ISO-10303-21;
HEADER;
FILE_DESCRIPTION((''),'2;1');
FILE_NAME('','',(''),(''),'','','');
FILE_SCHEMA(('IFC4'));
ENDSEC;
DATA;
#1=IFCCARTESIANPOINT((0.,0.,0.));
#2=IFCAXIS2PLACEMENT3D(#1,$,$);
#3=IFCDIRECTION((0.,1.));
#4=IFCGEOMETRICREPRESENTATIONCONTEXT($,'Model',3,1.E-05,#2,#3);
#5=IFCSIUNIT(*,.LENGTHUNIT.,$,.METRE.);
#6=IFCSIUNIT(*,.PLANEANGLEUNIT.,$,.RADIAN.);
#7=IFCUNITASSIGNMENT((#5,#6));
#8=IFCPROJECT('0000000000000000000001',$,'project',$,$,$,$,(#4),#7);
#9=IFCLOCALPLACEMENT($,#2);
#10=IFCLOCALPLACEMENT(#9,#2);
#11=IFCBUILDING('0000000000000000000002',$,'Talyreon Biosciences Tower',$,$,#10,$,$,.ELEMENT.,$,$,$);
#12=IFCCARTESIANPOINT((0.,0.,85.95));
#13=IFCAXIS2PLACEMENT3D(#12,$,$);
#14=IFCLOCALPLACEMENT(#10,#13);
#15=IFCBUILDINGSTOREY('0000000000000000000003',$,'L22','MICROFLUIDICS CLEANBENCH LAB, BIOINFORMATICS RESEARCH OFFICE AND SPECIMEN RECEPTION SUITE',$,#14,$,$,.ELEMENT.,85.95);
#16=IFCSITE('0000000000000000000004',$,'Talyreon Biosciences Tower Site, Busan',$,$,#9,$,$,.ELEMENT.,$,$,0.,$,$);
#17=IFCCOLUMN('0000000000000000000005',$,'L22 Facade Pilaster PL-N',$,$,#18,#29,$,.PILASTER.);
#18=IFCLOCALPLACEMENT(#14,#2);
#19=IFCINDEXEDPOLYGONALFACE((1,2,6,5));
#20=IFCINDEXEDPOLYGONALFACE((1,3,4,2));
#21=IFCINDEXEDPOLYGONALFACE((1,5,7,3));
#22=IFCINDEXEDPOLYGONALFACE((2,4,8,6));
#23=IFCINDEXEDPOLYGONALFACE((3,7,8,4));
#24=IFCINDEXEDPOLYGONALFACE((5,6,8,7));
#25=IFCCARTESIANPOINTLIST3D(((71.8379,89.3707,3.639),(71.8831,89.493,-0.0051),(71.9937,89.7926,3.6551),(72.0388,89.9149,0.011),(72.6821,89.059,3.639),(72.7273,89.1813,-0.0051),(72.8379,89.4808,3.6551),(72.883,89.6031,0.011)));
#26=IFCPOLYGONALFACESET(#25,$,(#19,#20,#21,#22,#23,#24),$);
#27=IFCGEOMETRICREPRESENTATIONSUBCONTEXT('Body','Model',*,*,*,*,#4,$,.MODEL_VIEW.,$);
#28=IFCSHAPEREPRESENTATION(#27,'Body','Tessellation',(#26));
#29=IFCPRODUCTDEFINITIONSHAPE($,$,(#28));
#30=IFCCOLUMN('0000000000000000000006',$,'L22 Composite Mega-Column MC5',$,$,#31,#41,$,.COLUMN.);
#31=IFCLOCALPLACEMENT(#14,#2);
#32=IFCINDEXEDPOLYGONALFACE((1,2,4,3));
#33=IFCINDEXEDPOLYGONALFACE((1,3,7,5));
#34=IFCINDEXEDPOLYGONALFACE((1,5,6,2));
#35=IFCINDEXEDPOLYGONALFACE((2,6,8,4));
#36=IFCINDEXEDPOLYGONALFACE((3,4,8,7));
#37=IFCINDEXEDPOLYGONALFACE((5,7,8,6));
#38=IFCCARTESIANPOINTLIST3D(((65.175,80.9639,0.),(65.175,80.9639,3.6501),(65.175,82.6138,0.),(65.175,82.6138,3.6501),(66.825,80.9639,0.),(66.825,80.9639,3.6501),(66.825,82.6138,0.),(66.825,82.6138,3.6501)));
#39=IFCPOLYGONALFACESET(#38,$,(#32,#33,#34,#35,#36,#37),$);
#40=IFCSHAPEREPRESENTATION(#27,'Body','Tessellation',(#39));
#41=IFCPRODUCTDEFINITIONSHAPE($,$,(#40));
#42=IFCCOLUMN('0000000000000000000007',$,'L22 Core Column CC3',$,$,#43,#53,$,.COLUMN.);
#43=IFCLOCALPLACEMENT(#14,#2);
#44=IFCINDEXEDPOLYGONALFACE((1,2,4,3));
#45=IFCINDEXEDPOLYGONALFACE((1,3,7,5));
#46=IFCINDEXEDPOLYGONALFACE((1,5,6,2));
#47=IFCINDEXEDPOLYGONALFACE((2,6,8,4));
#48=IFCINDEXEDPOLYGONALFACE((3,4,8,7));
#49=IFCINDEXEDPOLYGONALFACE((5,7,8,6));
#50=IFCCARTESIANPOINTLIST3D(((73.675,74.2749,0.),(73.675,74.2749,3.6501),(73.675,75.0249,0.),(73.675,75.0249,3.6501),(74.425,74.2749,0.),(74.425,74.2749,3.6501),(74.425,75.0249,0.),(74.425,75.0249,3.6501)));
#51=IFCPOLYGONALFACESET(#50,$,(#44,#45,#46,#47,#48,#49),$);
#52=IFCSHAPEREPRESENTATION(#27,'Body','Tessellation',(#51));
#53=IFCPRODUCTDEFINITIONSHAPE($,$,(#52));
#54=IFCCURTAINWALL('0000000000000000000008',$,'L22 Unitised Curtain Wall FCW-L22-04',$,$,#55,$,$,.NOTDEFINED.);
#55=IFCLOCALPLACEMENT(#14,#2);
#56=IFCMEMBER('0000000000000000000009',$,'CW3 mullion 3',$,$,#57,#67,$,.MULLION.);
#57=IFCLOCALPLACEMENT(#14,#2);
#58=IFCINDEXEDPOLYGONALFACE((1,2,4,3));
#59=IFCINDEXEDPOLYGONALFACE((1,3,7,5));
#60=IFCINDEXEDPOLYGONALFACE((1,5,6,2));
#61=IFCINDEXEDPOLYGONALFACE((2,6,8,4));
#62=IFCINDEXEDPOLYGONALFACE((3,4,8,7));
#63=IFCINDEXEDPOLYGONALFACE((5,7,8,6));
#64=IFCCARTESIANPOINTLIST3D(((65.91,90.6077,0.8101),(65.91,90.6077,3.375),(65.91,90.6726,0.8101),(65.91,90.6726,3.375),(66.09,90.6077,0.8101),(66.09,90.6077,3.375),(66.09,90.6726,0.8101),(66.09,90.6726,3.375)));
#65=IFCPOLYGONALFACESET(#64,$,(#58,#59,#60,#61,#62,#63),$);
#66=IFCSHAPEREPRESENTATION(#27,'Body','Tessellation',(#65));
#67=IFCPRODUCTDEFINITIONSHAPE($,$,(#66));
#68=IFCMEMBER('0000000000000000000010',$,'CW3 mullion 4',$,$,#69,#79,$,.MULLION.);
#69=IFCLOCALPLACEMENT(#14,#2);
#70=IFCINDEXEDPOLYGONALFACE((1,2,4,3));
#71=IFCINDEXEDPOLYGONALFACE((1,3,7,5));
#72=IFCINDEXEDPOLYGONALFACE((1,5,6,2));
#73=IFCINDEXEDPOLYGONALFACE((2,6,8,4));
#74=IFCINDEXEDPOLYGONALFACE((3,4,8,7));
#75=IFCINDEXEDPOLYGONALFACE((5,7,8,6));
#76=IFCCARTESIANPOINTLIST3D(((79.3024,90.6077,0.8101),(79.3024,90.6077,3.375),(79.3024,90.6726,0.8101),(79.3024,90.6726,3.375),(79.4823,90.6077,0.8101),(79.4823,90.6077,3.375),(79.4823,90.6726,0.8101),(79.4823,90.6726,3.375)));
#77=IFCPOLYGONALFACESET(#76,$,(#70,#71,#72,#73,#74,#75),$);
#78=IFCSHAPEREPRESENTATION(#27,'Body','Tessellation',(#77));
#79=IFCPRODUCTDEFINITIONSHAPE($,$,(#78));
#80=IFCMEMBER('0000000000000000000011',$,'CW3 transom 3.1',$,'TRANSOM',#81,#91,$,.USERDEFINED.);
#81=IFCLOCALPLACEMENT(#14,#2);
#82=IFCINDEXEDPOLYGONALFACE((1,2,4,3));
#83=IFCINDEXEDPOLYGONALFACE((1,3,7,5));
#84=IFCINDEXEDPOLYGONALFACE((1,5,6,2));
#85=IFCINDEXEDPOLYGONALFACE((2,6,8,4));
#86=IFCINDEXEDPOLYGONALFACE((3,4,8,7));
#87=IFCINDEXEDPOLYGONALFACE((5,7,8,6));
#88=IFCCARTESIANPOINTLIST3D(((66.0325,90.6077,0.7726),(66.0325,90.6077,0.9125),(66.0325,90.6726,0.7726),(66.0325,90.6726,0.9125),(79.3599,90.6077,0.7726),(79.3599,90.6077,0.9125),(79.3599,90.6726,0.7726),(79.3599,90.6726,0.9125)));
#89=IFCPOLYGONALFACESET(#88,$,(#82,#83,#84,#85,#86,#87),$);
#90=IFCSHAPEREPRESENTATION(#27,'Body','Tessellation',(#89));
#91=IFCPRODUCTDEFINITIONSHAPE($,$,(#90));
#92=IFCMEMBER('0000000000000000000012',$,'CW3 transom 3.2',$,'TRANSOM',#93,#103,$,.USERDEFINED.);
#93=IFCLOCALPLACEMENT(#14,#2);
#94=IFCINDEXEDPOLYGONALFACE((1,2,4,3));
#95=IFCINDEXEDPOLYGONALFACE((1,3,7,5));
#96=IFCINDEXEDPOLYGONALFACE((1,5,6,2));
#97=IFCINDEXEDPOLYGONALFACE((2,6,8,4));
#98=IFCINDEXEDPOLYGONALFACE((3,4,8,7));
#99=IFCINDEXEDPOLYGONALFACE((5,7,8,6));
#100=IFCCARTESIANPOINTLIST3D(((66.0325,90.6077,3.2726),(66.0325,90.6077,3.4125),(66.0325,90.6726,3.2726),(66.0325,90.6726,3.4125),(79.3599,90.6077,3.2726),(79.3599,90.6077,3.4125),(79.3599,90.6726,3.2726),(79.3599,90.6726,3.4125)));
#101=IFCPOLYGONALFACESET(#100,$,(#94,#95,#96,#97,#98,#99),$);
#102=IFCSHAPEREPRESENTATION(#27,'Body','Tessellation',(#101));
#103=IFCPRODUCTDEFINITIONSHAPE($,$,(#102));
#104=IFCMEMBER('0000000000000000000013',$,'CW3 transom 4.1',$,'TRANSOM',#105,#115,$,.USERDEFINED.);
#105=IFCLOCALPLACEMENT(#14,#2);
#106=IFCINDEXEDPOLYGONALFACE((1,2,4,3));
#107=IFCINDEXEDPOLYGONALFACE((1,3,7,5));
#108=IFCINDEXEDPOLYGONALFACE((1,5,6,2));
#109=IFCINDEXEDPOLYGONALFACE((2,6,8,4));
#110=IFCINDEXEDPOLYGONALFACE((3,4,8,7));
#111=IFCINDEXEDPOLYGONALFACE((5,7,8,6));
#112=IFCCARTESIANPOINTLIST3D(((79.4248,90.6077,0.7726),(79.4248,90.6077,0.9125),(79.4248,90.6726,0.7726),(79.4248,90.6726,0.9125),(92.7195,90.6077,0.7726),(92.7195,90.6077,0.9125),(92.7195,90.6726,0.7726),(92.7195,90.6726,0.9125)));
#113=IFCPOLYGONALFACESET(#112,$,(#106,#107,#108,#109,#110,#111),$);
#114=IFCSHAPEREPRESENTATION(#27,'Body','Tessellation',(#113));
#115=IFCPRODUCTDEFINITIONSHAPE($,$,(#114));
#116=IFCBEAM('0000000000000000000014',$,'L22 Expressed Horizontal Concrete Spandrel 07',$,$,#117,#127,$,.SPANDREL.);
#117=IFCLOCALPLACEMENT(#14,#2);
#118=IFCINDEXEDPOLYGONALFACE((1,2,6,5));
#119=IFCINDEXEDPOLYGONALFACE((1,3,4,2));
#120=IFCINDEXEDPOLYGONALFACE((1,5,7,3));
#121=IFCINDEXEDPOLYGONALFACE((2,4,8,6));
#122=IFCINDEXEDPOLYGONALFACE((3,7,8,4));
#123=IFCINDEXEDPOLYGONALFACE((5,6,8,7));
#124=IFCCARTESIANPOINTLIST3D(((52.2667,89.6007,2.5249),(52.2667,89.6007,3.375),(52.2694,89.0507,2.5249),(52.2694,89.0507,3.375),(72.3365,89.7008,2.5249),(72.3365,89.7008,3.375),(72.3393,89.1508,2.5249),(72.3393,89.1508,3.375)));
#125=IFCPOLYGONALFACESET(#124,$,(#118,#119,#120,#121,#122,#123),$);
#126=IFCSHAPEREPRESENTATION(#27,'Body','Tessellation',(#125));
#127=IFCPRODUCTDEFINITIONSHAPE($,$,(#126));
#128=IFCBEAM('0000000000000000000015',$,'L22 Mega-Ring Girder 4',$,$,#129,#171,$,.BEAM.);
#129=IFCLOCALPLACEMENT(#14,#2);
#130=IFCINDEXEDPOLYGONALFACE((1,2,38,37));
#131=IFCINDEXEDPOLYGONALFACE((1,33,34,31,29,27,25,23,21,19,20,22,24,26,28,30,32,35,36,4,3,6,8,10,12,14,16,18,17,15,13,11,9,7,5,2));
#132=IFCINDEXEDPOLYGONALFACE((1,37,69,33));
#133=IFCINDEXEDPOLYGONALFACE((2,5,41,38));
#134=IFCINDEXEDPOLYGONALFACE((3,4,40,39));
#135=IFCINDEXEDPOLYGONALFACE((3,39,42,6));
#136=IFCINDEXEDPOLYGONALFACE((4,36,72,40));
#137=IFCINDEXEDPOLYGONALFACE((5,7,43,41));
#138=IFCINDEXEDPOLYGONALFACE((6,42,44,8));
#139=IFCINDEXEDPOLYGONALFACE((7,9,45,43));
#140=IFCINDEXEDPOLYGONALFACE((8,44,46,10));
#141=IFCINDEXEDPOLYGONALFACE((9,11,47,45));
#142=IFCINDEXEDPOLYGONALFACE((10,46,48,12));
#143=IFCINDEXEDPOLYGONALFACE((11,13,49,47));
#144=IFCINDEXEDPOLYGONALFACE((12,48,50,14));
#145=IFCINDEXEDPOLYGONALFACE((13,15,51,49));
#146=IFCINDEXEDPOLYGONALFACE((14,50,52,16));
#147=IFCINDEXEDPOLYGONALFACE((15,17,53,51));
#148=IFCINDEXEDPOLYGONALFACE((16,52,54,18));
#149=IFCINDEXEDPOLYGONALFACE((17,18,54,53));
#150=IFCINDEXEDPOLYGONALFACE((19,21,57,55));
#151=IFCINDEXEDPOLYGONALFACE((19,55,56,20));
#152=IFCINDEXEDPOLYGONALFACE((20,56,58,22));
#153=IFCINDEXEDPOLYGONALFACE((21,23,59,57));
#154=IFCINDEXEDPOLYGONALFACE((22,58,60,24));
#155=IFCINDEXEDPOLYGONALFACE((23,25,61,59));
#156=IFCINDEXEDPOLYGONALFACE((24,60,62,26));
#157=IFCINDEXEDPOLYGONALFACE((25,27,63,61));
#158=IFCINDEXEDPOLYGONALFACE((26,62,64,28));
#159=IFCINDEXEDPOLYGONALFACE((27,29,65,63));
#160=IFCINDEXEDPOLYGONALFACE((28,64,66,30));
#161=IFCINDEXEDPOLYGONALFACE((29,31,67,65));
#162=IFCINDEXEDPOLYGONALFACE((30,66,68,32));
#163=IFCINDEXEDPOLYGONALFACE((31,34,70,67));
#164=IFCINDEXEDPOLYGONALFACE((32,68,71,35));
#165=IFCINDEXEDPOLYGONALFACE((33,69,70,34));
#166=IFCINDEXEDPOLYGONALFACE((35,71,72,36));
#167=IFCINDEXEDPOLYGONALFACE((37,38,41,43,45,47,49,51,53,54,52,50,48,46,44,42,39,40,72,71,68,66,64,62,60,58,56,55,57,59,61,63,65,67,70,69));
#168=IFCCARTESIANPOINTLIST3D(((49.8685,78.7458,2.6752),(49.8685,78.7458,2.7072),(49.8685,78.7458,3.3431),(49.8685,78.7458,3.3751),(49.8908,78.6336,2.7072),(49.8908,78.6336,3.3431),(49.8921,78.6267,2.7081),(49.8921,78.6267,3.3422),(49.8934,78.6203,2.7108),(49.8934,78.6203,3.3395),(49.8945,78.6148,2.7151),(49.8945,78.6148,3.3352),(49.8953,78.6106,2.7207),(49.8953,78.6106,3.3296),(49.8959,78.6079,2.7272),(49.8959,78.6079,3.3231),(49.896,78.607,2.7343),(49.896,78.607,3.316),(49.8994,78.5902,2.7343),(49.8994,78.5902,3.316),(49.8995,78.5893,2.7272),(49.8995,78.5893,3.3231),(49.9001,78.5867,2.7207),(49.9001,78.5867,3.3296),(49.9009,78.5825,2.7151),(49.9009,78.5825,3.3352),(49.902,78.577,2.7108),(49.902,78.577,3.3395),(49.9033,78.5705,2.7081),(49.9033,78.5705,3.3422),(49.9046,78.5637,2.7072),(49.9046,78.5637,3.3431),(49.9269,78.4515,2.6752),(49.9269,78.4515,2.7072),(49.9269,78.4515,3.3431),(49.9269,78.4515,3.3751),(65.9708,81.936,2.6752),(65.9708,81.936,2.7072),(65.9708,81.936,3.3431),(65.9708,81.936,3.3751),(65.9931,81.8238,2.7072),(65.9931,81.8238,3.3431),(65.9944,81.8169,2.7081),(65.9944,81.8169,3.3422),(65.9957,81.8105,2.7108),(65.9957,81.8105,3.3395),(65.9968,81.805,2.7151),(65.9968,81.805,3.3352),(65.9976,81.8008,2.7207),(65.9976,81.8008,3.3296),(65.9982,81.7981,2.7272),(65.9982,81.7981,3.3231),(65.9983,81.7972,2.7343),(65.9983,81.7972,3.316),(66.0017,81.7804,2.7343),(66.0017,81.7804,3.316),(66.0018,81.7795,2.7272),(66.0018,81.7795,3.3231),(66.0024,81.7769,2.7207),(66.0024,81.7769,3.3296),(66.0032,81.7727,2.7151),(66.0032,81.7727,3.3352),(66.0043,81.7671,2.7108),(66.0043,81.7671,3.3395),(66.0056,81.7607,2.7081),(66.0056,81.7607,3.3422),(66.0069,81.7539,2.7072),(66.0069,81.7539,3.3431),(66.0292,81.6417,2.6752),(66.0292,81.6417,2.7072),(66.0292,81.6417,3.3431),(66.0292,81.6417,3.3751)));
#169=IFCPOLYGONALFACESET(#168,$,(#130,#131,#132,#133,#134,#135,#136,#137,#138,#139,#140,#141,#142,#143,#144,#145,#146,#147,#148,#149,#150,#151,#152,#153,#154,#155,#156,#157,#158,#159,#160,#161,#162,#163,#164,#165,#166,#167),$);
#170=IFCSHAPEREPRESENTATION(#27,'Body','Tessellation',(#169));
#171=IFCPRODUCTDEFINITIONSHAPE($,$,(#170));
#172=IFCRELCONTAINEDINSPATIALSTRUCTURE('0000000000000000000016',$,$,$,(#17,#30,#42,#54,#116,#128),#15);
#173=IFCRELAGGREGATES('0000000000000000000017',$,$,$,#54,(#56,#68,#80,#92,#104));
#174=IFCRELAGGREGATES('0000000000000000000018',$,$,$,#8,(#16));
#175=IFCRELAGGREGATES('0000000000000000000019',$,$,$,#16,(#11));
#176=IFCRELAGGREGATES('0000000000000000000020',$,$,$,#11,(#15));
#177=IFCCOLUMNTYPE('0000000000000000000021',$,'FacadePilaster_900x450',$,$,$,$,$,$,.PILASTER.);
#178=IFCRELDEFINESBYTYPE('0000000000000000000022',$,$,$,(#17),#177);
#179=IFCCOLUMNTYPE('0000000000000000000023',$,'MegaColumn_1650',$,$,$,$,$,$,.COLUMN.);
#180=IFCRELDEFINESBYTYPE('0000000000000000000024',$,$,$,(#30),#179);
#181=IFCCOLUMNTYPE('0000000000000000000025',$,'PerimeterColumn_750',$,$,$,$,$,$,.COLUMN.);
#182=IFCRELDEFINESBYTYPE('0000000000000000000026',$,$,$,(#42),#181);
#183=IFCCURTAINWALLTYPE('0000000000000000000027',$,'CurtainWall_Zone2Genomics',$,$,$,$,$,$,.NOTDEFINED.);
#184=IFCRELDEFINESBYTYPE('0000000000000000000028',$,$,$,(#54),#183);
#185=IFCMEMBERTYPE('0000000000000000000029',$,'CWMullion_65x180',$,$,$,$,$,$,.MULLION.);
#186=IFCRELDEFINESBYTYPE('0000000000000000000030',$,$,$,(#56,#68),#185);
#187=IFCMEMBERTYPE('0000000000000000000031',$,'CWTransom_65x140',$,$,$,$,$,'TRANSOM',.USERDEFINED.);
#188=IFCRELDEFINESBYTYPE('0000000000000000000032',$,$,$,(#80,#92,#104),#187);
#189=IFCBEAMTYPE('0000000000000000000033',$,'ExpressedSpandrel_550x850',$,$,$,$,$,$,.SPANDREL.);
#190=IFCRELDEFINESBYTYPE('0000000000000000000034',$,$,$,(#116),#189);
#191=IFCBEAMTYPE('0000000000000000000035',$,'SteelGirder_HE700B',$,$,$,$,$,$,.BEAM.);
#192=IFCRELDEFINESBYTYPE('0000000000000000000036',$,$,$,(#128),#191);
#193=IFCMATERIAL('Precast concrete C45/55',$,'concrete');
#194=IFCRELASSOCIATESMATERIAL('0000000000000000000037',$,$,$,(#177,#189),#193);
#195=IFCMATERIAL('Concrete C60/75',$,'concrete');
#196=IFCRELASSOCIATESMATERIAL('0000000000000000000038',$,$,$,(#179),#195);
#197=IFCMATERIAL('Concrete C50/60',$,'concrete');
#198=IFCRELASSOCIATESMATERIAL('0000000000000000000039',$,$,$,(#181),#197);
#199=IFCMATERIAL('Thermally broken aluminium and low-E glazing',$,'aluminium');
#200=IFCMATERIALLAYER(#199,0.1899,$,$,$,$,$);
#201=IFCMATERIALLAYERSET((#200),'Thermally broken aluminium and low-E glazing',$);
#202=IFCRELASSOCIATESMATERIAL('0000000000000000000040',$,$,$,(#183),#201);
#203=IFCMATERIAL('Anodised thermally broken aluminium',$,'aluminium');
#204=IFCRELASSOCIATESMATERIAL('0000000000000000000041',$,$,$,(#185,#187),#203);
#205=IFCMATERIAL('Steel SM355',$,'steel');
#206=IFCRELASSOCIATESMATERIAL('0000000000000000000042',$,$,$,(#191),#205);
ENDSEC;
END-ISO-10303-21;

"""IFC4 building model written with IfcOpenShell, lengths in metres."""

from ifc_helpers import new_model, si_unit, direction, frame, origin, origin_2d, place, context, subcontext, project, spatial, rectangle, i_section, extrude, material, layer, layer_set, material_profile, profile_set, type_object, element, aggregate, save


model = new_model("IFC4")

# Units and contexts
model_context = context("Model", 3, precision=1e-05, world=origin(), true_north=direction((0.0, 1.0)))
body_context = subcontext(model_context, "Body", "Model", "MODEL_VIEW")
ifc_project = project(units=[si_unit("LENGTHUNIT", "METRE"), si_unit("PLANEANGLEUNIT", "RADIAN")], contexts=[model_context])

# Site, building, storey
site_placement = place(None, origin())
site = spatial("IfcSite", under=ifc_project, at=site_placement, Name="Talyreon Biosciences Tower Site, Busan", CompositionType="ELEMENT", RefElevation=0.0)
building_placement = place(site_placement, origin())
building = spatial("IfcBuilding", under=site, at=building_placement, Name="Talyreon Biosciences Tower", CompositionType="ELEMENT")
storey_placement = place(building_placement, frame((0.0, 0.0, 85.95)))
storey = spatial("IfcBuildingStorey", under=building, at=storey_placement, Name="L22", Description="MICROFLUIDICS CLEANBENCH LAB, BIOINFORMATICS RESEARCH OFFICE AND SPECIMEN RECEPTION SUITE", CompositionType="ELEMENT", Elevation=85.95)

# Columns
ifc_material_1 = material(Name="Precast concrete C45/55", Category="concrete")
ifc_material_profile_1 = material_profile(ifc_material_1, rectangle(XDim=0.8999, YDim=0.45, at=origin_2d()), Name="RC 900x450")
ifc_profile_set_1 = profile_set([ifc_material_profile_1], Name="Precast concrete C45/55")
column_type_1 = type_object("IfcColumnType", Name="FacadePilaster_900x450", PredefinedType="PILASTER", material=ifc_profile_set_1)
column_1_placement = place(storey_placement, frame((72.3831, 89.5481, 0.0029), z_axis=(-0.012387, -0.033544, 0.99936), x_axis=(-0.938087, 0.346399, 0.0)))
element("IfcColumn", 1, at=column_1_placement, inside=storey, type_object=column_type_1, Name="L22 Facade Pilaster PL-N", PredefinedType="PILASTER", context=body_context, shape_type="SweptSolid", body=[
    extrude(rectangle(XDim=0.8999, YDim=0.45, at=origin_2d()), origin(), (0.0, 0.0, 1.0), 3.6465),
])
ifc_material_2 = material(Name="Concrete C60/75", Category="concrete")
ifc_material_profile_2 = material_profile(ifc_material_2, rectangle(XDim=1.6499, YDim=1.6499, at=origin_2d()), Name="RC 1650x1650")
ifc_profile_set_2 = profile_set([ifc_material_profile_2], Name="Concrete C60/75")
column_type_2 = type_object("IfcColumnType", Name="MegaColumn_1650", PredefinedType="COLUMN", material=ifc_profile_set_2)
column_2_placement = place(storey_placement, frame((66.0, 81.7888, 0.0), z_axis=(0.0, 0.0, 1.0), x_axis=(1.0, 0.0, 0.0)))
element("IfcColumn", 2, at=column_2_placement, inside=storey, type_object=column_type_2, Name="L22 Composite Mega-Column MC5", PredefinedType="COLUMN", context=body_context, shape_type="SweptSolid", body=[
    extrude(rectangle(XDim=1.6499, YDim=1.6499, at=origin_2d()), origin(), (0.0, 0.0, 1.0), 3.6501),
])
ifc_material_3 = material(Name="Concrete C50/60", Category="concrete")
ifc_material_profile_3 = material_profile(ifc_material_3, rectangle(XDim=0.75, YDim=0.75, at=origin_2d()), Name="RC 750x750")
ifc_profile_set_3 = profile_set([ifc_material_profile_3], Name="Concrete C50/60")
column_type_3 = type_object("IfcColumnType", Name="PerimeterColumn_750", PredefinedType="COLUMN", material=ifc_profile_set_3)
column_3_placement = place(storey_placement, frame((74.05, 74.6499, 0.0), z_axis=(0.0, 0.0, 1.0), x_axis=(1.0, 0.0, 0.0)))
element("IfcColumn", 3, at=column_3_placement, inside=storey, type_object=column_type_3, Name="L22 Core Column CC3", PredefinedType="COLUMN", context=body_context, shape_type="SweptSolid", body=[
    extrude(rectangle(XDim=0.75, YDim=0.75, at=origin_2d()), origin(), (0.0, 0.0, 1.0), 3.6501),
])

# Curtain wall, members
ifc_material_4 = material(Name="Thermally broken aluminium and low-E glazing", Category="aluminium")
ifc_layer_1 = layer(ifc_material_4, 0.1899)
ifc_layer_set_1 = layer_set([ifc_layer_1], Name="Thermally broken aluminium and low-E glazing")
curtain_wall_type = type_object("IfcCurtainWallType", Name="CurtainWall_Zone2Genomics", PredefinedType="NOTDEFINED", material=ifc_layer_set_1)
curtain_wall_placement = place(storey_placement, origin())
curtain_wall = element("IfcCurtainWall", 4, at=curtain_wall_placement, inside=storey, type_object=curtain_wall_type, Name="L22 Unitised Curtain Wall FCW-L22-04", PredefinedType="NOTDEFINED")
ifc_material_5 = material(Name="Anodised thermally broken aluminium", Category="aluminium")
ifc_material_profile_4 = material_profile(ifc_material_5, rectangle(XDim=0.0649, YDim=0.1799, at=origin_2d()), Name="ALUM MULLION 65x180")
ifc_profile_set_4 = profile_set([ifc_material_profile_4], Name="Anodised thermally broken aluminium")
member_type_1 = type_object("IfcMemberType", Name="CWMullion_65x180", PredefinedType="MULLION", material=ifc_profile_set_4)
member_1_placement = place(storey_placement, frame((66.0, 90.6401, 0.8101), z_axis=(0.0, 0.0, 1.0), x_axis=(0.0, 1.0, 0.0)))
member_1 = element("IfcMember", 5, at=member_1_placement, type_object=member_type_1, Name="CW3 mullion 3", PredefinedType="MULLION", context=body_context, shape_type="SweptSolid", body=[
    extrude(rectangle(XDim=0.0649, YDim=0.1799, at=origin_2d()), origin(), (0.0, 0.0, 1.0), 2.5649),
])
member_2_placement = place(storey_placement, frame((79.3923, 90.6401, 0.8101), z_axis=(0.0, 0.0, 1.0), x_axis=(0.0, 1.0, 0.0)))
member_2 = element("IfcMember", 6, at=member_2_placement, type_object=member_type_1, Name="CW3 mullion 4", PredefinedType="MULLION", context=body_context, shape_type="SweptSolid", body=[
    extrude(rectangle(XDim=0.0649, YDim=0.1799, at=origin_2d()), origin(), (0.0, 0.0, 1.0), 2.5649),
])
ifc_material_profile_5 = material_profile(ifc_material_5, rectangle(XDim=0.0649, YDim=0.1399, at=origin_2d()), Name="ALUM TRANSOM 65x140")
ifc_profile_set_5 = profile_set([ifc_material_profile_5], Name="Anodised thermally broken aluminium")
member_type_2 = type_object("IfcMemberType", Name="CWTransom_65x140", ElementType="TRANSOM", PredefinedType="USERDEFINED", material=ifc_profile_set_5)
member_3_placement = place(storey_placement, frame((66.0325, 90.6401, 0.8425), z_axis=(1.0, 0.0, 0.0), x_axis=(0.0, 1.0, 0.0)))
member_3 = element("IfcMember", 7, at=member_3_placement, type_object=member_type_2, Name="CW3 transom 3.1", ObjectType="TRANSOM", PredefinedType="USERDEFINED", context=body_context, shape_type="SweptSolid", body=[
    extrude(rectangle(XDim=0.0649, YDim=0.1399, at=origin_2d()), origin(), (0.0, 0.0, 1.0), 13.3274),
])
member_4_placement = place(storey_placement, frame((66.0325, 90.6401, 3.3425), z_axis=(1.0, 0.0, 0.0), x_axis=(0.0, 1.0, 0.0)))
member_4 = element("IfcMember", 8, at=member_4_placement, type_object=member_type_2, Name="CW3 transom 3.2", ObjectType="TRANSOM", PredefinedType="USERDEFINED", context=body_context, shape_type="SweptSolid", body=[
    extrude(rectangle(XDim=0.0649, YDim=0.1399, at=origin_2d()), origin(), (0.0, 0.0, 1.0), 13.3274),
])
member_5_placement = place(storey_placement, frame((79.4248, 90.6401, 0.8425), z_axis=(1.0, 0.0, 0.0), x_axis=(0.0, 1.0, 0.0)))
member_5 = element("IfcMember", 9, at=member_5_placement, type_object=member_type_2, Name="CW3 transom 4.1", ObjectType="TRANSOM", PredefinedType="USERDEFINED", context=body_context, shape_type="SweptSolid", body=[
    extrude(rectangle(XDim=0.0649, YDim=0.1399, at=origin_2d()), origin(), (0.0, 0.0, 1.0), 13.2947),
])

# Beams
ifc_material_profile_6 = material_profile(ifc_material_1, rectangle(XDim=0.55, YDim=0.8501, at=origin_2d()), Name="RCB 550x850")
ifc_profile_set_6 = profile_set([ifc_material_profile_6], Name="Precast concrete C45/55")
beam_type_1 = type_object("IfcBeamType", Name="ExpressedSpandrel_550x850", PredefinedType="SPANDREL", material=ifc_profile_set_6)
beam_1_placement = place(storey_placement, frame((72.3379, 89.4258, 2.95), z_axis=(-0.999988, -0.004987, 0.0), x_axis=(0.004987, -0.999988, 0.0)))
element("IfcBeam", 10, at=beam_1_placement, inside=storey, type_object=beam_type_1, Name="L22 Expressed Horizontal Concrete Spandrel 07", PredefinedType="SPANDREL", context=body_context, shape_type="SweptSolid", body=[
    extrude(rectangle(XDim=0.55, YDim=0.8501, at=origin_2d()), origin(), (0.0, 0.0, 1.0), 20.0701),
])
ifc_material_6 = material(Name="Steel SM355", Category="steel")
ifc_material_profile_7 = material_profile(ifc_material_6, i_section(OverallWidth=0.3, OverallDepth=0.7, WebThickness=0.0171, FlangeThickness=0.032, FilletRadius=0.0271, at=origin_2d()), Name="HE700B")
ifc_profile_set_7 = profile_set([ifc_material_profile_7], Name="Steel SM355")
beam_type_2 = type_object("IfcBeamType", Name="SteelGirder_HE700B", PredefinedType="BEAM", material=ifc_profile_set_7)
beam_2_placement = place(storey_placement, frame((66.0, 81.7888, 3.0251), z_axis=(-0.980934, -0.194343, 0.0), x_axis=(0.194343, -0.980934, 0.0)))
element("IfcBeam", 11, at=beam_2_placement, inside=storey, type_object=beam_type_2, Name="L22 Mega-Ring Girder 4", PredefinedType="BEAM", context=body_context, shape_type="SweptSolid", body=[
    extrude(i_section(OverallWidth=0.3, OverallDepth=0.7, WebThickness=0.0171, FlangeThickness=0.032, FilletRadius=0.0271, at=origin_2d()), origin(), (0.0, 0.0, 1.0), 16.4153),
])

aggregate(curtain_wall, [member_1, member_2, member_3, member_4, member_5])

save(model, "model.ifc")
